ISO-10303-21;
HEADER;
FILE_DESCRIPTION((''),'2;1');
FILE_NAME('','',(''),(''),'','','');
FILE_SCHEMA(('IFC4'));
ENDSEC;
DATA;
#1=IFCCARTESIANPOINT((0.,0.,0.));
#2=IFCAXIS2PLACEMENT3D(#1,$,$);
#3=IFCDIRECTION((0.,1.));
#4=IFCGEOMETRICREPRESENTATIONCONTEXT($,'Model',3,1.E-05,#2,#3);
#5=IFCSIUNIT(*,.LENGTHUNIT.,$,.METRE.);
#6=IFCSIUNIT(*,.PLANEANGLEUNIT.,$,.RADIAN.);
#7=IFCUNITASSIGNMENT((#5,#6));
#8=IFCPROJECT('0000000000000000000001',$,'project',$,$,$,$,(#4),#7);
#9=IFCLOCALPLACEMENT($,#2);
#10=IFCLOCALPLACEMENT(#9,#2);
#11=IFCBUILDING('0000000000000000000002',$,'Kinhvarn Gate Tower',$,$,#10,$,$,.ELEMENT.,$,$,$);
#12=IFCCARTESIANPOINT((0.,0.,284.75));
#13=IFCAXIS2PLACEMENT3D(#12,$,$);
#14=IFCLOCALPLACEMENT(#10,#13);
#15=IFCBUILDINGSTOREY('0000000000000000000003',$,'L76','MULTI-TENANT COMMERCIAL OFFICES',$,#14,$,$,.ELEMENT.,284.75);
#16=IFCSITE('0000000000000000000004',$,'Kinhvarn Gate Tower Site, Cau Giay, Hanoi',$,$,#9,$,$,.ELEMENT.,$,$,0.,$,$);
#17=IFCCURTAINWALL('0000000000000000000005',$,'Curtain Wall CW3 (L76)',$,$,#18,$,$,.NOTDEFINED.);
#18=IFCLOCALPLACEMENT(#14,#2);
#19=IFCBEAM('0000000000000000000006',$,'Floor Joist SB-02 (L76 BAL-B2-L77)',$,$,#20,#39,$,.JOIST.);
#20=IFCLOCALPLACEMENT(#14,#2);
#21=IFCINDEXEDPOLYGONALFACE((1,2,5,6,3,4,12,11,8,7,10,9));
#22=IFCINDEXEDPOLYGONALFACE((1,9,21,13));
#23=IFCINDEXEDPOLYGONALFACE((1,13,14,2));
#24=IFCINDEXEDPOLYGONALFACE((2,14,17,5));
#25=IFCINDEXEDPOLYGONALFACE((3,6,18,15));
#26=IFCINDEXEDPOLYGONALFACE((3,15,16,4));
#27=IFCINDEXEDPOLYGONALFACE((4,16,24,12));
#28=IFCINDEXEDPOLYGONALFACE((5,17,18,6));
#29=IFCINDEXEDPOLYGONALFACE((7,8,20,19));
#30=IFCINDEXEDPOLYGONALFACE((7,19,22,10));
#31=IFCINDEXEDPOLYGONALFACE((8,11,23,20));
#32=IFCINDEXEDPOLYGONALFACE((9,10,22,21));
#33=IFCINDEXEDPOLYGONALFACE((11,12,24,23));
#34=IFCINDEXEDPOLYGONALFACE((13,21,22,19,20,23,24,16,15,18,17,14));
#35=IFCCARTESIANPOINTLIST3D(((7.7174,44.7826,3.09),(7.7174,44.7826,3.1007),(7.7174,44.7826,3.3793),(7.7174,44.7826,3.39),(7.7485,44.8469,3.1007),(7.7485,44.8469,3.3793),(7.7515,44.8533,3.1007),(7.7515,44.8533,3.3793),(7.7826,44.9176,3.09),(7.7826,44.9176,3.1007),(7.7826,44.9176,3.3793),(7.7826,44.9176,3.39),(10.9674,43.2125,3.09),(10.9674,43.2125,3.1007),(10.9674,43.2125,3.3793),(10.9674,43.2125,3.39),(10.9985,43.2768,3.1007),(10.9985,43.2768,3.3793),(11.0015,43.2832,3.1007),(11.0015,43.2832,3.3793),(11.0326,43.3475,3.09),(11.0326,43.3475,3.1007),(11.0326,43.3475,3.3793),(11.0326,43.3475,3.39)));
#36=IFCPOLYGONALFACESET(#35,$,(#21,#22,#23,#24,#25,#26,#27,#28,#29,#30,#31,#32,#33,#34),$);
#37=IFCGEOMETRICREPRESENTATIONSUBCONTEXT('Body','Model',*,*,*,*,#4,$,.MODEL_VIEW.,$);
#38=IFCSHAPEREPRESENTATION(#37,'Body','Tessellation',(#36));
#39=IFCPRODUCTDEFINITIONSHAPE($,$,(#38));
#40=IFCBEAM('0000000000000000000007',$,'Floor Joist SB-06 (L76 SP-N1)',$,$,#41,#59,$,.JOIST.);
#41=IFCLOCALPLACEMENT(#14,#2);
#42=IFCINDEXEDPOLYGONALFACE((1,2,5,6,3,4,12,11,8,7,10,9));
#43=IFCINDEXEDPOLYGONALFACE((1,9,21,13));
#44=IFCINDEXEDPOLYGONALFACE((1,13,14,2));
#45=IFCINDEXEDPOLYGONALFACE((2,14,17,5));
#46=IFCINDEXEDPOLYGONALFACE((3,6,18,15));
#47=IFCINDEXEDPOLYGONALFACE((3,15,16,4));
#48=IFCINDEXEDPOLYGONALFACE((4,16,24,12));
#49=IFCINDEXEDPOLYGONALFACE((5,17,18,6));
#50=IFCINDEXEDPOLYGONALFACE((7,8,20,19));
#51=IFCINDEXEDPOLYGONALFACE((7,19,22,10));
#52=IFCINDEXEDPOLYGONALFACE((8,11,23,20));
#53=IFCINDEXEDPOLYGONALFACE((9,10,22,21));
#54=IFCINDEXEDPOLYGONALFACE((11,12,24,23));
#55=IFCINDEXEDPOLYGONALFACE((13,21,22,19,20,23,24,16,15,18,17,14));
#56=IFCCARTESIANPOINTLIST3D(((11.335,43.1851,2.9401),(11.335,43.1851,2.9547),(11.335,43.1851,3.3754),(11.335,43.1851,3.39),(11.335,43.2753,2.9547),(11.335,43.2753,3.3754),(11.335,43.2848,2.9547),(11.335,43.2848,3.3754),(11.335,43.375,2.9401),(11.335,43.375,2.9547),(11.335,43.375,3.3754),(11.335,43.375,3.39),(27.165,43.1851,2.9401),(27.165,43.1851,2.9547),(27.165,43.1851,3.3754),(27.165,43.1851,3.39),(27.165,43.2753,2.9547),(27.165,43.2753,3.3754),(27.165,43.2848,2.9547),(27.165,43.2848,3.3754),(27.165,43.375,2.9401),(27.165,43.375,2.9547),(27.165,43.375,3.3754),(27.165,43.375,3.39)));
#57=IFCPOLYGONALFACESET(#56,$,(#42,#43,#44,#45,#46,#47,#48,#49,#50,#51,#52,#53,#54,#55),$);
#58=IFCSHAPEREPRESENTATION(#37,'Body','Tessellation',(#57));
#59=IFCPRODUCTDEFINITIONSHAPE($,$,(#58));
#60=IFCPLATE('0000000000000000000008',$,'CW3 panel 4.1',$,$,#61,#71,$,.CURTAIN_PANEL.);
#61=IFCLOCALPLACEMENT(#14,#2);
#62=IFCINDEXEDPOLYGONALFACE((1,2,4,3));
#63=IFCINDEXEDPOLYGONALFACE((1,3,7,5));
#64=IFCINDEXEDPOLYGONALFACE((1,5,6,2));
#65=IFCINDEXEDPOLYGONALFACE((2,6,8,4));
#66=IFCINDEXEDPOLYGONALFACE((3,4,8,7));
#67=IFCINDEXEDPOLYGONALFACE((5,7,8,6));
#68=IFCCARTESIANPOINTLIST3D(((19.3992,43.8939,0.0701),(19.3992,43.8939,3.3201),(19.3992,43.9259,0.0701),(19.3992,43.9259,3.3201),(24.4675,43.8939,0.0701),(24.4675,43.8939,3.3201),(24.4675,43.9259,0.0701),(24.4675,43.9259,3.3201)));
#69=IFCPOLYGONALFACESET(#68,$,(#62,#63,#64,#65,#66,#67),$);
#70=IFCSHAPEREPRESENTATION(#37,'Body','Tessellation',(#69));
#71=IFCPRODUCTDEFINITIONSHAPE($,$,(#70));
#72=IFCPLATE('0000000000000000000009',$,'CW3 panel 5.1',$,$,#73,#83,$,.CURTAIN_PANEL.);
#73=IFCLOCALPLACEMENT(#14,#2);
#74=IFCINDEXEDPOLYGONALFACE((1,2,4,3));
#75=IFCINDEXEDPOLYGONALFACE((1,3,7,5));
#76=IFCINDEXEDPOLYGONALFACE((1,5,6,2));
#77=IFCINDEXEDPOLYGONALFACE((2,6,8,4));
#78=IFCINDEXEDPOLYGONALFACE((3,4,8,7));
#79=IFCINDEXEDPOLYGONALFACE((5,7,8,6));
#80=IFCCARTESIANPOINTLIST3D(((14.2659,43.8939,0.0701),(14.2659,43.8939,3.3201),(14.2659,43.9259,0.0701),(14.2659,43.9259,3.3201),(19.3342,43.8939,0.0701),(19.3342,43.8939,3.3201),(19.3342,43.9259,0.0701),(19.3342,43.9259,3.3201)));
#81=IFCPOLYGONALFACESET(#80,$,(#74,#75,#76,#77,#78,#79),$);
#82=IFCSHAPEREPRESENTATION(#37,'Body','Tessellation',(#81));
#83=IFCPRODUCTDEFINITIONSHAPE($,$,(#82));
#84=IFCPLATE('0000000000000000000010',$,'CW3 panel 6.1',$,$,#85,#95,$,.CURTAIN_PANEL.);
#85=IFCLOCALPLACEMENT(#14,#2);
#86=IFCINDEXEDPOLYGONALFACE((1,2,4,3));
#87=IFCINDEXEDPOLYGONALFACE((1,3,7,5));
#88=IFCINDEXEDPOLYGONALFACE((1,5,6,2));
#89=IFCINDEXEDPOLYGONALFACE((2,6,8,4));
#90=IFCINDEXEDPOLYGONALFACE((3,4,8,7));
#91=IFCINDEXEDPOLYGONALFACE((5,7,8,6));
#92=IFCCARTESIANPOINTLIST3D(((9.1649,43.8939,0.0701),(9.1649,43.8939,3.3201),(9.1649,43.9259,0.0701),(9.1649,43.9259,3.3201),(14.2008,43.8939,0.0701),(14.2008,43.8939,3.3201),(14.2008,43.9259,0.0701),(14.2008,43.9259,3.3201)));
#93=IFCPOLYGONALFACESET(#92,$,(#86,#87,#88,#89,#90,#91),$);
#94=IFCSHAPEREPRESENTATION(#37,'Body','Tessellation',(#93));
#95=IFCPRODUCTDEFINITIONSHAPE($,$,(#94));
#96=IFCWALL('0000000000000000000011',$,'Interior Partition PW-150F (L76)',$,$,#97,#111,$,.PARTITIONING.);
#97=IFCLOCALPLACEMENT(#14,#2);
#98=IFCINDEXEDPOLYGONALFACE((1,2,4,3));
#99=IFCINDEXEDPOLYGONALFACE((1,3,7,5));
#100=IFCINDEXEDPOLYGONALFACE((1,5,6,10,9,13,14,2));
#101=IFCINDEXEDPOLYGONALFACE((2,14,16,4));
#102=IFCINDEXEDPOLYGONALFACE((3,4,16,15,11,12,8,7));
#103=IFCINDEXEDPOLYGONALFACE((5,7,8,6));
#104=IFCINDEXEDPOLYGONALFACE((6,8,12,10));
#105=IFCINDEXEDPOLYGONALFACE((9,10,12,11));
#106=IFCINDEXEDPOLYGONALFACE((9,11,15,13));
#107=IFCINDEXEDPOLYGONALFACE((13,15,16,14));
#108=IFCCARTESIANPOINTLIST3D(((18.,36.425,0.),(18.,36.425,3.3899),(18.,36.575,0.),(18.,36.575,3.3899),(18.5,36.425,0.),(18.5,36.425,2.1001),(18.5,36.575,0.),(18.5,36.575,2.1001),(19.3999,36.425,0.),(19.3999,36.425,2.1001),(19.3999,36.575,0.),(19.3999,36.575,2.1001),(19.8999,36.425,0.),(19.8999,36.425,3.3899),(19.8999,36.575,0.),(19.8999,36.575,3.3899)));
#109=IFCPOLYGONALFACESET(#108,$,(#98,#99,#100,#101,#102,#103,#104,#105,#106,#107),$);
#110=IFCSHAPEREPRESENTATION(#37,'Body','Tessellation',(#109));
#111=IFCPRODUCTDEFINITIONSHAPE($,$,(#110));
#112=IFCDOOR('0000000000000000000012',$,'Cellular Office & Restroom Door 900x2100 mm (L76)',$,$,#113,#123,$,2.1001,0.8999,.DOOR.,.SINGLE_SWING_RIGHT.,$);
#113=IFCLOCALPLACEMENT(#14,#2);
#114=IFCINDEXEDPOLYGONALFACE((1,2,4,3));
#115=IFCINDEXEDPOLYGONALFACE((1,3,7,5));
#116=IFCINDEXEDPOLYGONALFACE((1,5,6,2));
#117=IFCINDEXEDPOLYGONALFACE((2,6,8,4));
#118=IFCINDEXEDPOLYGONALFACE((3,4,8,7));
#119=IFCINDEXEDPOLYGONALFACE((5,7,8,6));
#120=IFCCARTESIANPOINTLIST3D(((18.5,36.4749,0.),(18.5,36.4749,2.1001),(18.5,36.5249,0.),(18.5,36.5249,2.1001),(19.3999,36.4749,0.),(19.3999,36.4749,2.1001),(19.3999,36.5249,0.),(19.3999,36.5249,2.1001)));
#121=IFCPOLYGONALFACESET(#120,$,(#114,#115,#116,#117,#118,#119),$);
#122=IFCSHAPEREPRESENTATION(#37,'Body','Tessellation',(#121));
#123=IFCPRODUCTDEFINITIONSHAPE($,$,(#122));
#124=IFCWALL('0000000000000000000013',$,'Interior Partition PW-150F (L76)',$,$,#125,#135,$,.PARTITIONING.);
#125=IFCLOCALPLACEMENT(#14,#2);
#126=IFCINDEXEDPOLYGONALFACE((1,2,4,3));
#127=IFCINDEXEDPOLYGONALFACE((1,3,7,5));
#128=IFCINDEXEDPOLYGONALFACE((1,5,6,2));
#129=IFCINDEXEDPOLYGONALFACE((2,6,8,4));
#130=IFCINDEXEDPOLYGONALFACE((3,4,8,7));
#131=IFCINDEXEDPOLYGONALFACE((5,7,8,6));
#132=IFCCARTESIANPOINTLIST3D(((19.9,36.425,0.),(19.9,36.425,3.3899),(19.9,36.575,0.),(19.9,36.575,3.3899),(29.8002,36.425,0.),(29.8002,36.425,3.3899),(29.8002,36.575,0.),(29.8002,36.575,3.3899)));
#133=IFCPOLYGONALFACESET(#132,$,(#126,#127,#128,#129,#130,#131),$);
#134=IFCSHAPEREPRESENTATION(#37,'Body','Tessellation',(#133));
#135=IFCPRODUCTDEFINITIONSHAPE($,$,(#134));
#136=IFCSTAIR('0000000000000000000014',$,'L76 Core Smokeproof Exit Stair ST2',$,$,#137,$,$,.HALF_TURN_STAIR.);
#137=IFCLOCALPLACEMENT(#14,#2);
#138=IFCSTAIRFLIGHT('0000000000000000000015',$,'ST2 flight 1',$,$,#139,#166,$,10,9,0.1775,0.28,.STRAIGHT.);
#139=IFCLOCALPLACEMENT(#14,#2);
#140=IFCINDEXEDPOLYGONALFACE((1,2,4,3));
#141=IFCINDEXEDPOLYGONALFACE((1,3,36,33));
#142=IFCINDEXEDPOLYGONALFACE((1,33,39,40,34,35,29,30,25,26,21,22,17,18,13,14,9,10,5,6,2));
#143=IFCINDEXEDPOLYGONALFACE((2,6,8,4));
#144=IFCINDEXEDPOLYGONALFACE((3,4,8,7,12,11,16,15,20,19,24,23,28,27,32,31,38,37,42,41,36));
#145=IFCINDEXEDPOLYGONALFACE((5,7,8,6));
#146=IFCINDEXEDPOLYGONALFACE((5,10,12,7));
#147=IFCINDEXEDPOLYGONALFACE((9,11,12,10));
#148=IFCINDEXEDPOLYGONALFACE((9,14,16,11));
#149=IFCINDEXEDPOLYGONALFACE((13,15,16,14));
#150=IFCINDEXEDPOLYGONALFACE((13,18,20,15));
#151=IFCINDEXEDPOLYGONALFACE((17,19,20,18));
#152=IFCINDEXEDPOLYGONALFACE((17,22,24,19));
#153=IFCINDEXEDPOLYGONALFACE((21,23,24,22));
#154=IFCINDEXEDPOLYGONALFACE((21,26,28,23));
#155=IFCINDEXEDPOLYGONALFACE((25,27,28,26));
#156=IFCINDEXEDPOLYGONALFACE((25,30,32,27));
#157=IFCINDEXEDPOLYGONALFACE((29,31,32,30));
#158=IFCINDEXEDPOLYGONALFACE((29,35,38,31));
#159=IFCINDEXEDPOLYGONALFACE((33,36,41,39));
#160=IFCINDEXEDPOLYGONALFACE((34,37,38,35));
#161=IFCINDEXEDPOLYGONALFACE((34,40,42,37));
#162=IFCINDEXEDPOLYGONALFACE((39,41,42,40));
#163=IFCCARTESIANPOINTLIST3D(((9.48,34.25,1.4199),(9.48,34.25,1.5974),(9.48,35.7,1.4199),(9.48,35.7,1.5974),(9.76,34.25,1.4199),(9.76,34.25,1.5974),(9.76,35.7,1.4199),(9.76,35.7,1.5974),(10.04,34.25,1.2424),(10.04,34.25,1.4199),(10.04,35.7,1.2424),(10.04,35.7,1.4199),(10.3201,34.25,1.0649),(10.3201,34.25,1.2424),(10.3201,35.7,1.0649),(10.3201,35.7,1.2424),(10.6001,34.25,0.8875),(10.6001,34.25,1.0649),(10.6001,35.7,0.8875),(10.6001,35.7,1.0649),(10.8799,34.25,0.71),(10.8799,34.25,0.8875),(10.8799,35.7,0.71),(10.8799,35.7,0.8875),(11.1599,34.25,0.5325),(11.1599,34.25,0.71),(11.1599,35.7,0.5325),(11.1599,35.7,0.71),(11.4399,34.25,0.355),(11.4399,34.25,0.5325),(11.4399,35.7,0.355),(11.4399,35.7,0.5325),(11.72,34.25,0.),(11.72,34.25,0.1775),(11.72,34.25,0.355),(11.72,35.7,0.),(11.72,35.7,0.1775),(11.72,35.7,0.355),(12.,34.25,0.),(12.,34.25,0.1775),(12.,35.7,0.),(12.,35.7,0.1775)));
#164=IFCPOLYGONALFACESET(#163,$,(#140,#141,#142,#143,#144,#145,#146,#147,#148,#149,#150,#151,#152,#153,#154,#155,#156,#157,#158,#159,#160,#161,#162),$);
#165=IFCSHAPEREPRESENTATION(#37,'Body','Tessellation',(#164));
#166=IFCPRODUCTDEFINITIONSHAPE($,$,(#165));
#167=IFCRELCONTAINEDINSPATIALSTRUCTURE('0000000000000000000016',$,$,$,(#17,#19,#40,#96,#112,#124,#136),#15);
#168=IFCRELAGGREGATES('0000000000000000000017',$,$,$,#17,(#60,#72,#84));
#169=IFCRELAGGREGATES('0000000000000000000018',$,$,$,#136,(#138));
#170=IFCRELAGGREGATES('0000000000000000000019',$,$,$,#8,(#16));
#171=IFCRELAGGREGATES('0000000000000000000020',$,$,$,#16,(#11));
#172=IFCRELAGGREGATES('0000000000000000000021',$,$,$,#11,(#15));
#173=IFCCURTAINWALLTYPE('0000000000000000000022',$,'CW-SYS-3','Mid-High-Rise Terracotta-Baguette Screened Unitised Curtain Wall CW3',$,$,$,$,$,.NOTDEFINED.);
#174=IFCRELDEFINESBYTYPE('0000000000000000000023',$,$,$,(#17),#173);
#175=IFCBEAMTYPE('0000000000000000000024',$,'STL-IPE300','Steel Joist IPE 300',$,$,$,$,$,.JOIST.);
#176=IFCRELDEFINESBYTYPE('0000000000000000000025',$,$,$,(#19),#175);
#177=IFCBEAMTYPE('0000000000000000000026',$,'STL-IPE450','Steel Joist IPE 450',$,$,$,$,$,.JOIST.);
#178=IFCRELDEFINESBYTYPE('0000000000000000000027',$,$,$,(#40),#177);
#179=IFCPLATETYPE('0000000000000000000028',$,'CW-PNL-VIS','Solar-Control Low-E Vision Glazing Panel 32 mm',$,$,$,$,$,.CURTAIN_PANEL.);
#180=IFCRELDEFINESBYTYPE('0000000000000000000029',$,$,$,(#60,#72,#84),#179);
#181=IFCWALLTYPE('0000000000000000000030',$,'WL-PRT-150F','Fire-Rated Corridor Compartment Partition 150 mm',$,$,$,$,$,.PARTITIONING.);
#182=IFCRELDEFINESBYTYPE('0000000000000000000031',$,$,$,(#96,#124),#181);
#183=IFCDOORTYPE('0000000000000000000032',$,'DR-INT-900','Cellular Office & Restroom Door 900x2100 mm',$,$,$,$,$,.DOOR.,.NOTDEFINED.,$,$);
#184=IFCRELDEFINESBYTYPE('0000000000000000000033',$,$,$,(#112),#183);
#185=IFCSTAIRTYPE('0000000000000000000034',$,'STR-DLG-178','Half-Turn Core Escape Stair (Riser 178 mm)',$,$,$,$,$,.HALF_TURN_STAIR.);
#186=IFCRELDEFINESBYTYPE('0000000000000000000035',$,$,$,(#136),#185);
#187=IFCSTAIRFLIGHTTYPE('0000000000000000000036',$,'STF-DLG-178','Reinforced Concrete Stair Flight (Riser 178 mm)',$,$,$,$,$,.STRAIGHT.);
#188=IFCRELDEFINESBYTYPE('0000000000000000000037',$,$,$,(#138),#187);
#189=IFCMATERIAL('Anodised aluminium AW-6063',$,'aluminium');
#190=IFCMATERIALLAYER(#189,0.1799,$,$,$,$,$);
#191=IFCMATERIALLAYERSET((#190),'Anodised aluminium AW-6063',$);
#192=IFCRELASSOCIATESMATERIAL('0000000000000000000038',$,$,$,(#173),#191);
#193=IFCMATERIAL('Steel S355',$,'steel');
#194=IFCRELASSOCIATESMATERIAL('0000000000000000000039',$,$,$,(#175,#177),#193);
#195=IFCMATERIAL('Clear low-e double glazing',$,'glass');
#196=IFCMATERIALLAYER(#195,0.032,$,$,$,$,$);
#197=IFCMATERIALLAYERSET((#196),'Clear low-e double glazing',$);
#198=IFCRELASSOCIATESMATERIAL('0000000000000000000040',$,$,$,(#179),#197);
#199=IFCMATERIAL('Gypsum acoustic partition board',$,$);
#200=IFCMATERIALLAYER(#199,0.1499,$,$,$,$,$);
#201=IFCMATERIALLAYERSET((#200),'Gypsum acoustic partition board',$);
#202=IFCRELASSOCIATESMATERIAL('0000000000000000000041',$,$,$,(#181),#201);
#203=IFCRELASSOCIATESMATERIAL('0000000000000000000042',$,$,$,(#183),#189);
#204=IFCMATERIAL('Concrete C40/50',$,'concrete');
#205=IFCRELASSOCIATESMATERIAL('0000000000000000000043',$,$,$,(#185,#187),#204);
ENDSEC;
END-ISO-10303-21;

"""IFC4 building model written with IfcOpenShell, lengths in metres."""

from ifc_helpers import new_model, si_unit, direction, frame, frame_2d, origin, origin_2d, place, context, subcontext, project, spatial, polyline, rectangle, i_section, outline, extrude, material, layer, layer_set, material_profile, profile_set, type_object, element, fill, aggregate, save


model = new_model("IFC4")

# Units and contexts
model_context = context("Model", 3, precision=1e-05, world=origin(), true_north=direction((0.0, 1.0)))
body_context = subcontext(model_context, "Body", "Model", "MODEL_VIEW")
ifc_project = project(units=[si_unit("LENGTHUNIT", "METRE"), si_unit("PLANEANGLEUNIT", "RADIAN")], contexts=[model_context])

# Site, building, storey
site_placement = place(None, origin())
site = spatial("IfcSite", under=ifc_project, at=site_placement, Name="Kinhvarn Gate Tower Site, Cau Giay, Hanoi", CompositionType="ELEMENT", RefElevation=0.0)
building_placement = place(site_placement, origin())
building = spatial("IfcBuilding", under=site, at=building_placement, Name="Kinhvarn Gate Tower", CompositionType="ELEMENT")
storey_placement = place(building_placement, frame((0.0, 0.0, 284.75)))
storey = spatial("IfcBuildingStorey", under=building, at=storey_placement, Name="L76", Description="MULTI-TENANT COMMERCIAL OFFICES", CompositionType="ELEMENT", Elevation=284.75)

# Curtain wall
ifc_material_1 = material(Name="Anodised aluminium AW-6063", Category="aluminium")
ifc_layer_1 = layer(ifc_material_1, 0.1799)
ifc_layer_set_1 = layer_set([ifc_layer_1], Name="Anodised aluminium AW-6063")
curtain_wall_type = type_object("IfcCurtainWallType", Name="CW-SYS-3", Description="Mid-High-Rise Terracotta-Baguette Screened Unitised Curtain Wall CW3", PredefinedType="NOTDEFINED", material=ifc_layer_set_1)
curtain_wall_placement = place(storey_placement, origin())
curtain_wall = element("IfcCurtainWall", 1, at=curtain_wall_placement, inside=storey, type_object=curtain_wall_type, Name="Curtain Wall CW3 (L76)", PredefinedType="NOTDEFINED")

# Beams
ifc_material_2 = material(Name="Steel S355", Category="steel")
ifc_material_profile_1 = material_profile(ifc_material_2, i_section(OverallWidth=0.1499, OverallDepth=0.3, WebThickness=0.0071, FlangeThickness=0.0107, at=origin_2d()), Name="IPE 300")
ifc_profile_set_1 = profile_set([ifc_material_profile_1], Name="Steel S355")
beam_type_1 = type_object("IfcBeamType", Name="STL-IPE300", Description="Steel Joist IPE 300", PredefinedType="JOIST", material=ifc_profile_set_1)
beam_1_placement = place(storey_placement, frame((11.0, 43.28, 3.24), z_axis=(-0.900432, 0.434997, 0.0), x_axis=(-0.434997, -0.900432, 0.0)))
element("IfcBeam", 2, at=beam_1_placement, inside=storey, type_object=beam_type_1, Name="Floor Joist SB-02 (L76 BAL-B2-L77)", PredefinedType="JOIST", context=body_context, shape_type="SweptSolid", body=[
    extrude(i_section(OverallWidth=0.1499, OverallDepth=0.3, WebThickness=0.0071, FlangeThickness=0.0107, at=origin_2d()), origin(), (0.0, 0.0, 1.0), 3.6094),
])
ifc_material_profile_2 = material_profile(ifc_material_2, i_section(OverallWidth=0.1899, OverallDepth=0.45, WebThickness=0.0095, FlangeThickness=0.0146, at=origin_2d()), Name="IPE 450")
ifc_profile_set_2 = profile_set([ifc_material_profile_2], Name="Steel S355")
beam_type_2 = type_object("IfcBeamType", Name="STL-IPE450", Description="Steel Joist IPE 450", PredefinedType="JOIST", material=ifc_profile_set_2)
beam_2_placement = place(storey_placement, frame((11.335, 43.28, 3.165), z_axis=(1.0, 0.0, 0.0), x_axis=(0.0, 1.0, 0.0)))
element("IfcBeam", 3, at=beam_2_placement, inside=storey, type_object=beam_type_2, Name="Floor Joist SB-06 (L76 SP-N1)", PredefinedType="JOIST", context=body_context, shape_type="SweptSolid", body=[
    extrude(i_section(OverallWidth=0.1899, OverallDepth=0.45, WebThickness=0.0095, FlangeThickness=0.0146, at=origin_2d()), origin(), (0.0, 0.0, 1.0), 15.8301),
])

# Plates
ifc_material_3 = material(Name="Clear low-e double glazing", Category="glass")
ifc_layer_2 = layer(ifc_material_3, 0.032)
ifc_layer_set_2 = layer_set([ifc_layer_2], Name="Clear low-e double glazing")
plate_type = type_object("IfcPlateType", Name="CW-PNL-VIS", Description="Solar-Control Low-E Vision Glazing Panel 32 mm", PredefinedType="CURTAIN_PANEL", material=ifc_layer_set_2)
plate_1_placement = place(storey_placement, frame((21.9333, 43.9099, 0.0701), z_axis=(0.0, 0.0, 1.0), x_axis=(-1.0, 0.0, 0.0)))
plate_1 = element("IfcPlate", 4, at=plate_1_placement, type_object=plate_type, Name="CW3 panel 4.1", PredefinedType="CURTAIN_PANEL", context=body_context, shape_type="SweptSolid", body=[
    extrude(rectangle(XDim=5.0684, YDim=0.032, at=origin_2d()), origin(), (0.0, 0.0, 1.0), 3.25),
])
plate_2_placement = place(storey_placement, frame((16.8, 43.9099, 0.0701), z_axis=(0.0, 0.0, 1.0), x_axis=(-1.0, 0.0, 0.0)))
plate_2 = element("IfcPlate", 5, at=plate_2_placement, type_object=plate_type, Name="CW3 panel 5.1", PredefinedType="CURTAIN_PANEL", context=body_context, shape_type="SweptSolid", body=[
    extrude(rectangle(XDim=5.0684, YDim=0.032, at=origin_2d()), origin(), (0.0, 0.0, 1.0), 3.25),
])
plate_3_placement = place(storey_placement, frame((11.6829, 43.9099, 0.0701), z_axis=(0.0, 0.0, 1.0), x_axis=(-1.0, 0.0, 0.0)))
plate_3 = element("IfcPlate", 6, at=plate_3_placement, type_object=plate_type, Name="CW3 panel 6.1", PredefinedType="CURTAIN_PANEL", context=body_context, shape_type="SweptSolid", body=[
    extrude(rectangle(XDim=5.0359, YDim=0.032, at=origin_2d()), origin(), (0.0, 0.0, 1.0), 3.25),
])
aggregate(curtain_wall, [plate_1, plate_2, plate_3])

# Wall, opening, door
ifc_material_4 = material(Name="Gypsum acoustic partition board")
ifc_layer_3 = layer(ifc_material_4, 0.1499)
ifc_layer_set_3 = layer_set([ifc_layer_3], Name="Gypsum acoustic partition board")
wall_type = type_object("IfcWallType", Name="WL-PRT-150F", Description="Fire-Rated Corridor Compartment Partition 150 mm", PredefinedType="PARTITIONING", material=ifc_layer_set_3)
wall_1_placement = place(storey_placement, frame((18.0, 36.5, 0.0), z_axis=(0.0, 0.0, 1.0), x_axis=(1.0, 0.0, 0.0)))
wall_1 = element("IfcWall", 7, at=wall_1_placement, inside=storey, type_object=wall_type, Name="Interior Partition PW-150F (L76)", PredefinedType="PARTITIONING", context=body_context, shape_type="SweptSolid", body=[
    extrude(rectangle(XDim=1.8999, YDim=0.1499, at=frame_2d((0.95, 0.0))), origin(), (0.0, 0.0, 1.0), 3.3899),
])
opening_placement = place(wall_1_placement, frame((0.5, 0.0, 0.0)))
opening = element("IfcOpeningElement", 8, at=opening_placement, cuts=wall_1, PredefinedType="OPENING", context=body_context, shape_type="SweptSolid", body=[
    extrude(rectangle(XDim=0.8999, YDim=2.1001, at=frame_2d((0.45, 1.05))), frame((0.0, 0.085, 0.0), z_axis=(0.0, -1.0, 0.0), x_axis=(1.0, 0.0, 0.0)), (0.0, 0.0, 1.0), 0.1699),
])
door_type = type_object("IfcDoorType", Name="DR-INT-900", Description="Cellular Office & Restroom Door 900x2100 mm", OperationType="NOTDEFINED", PredefinedType="DOOR", material=ifc_material_1)
door_placement = place(opening_placement, origin())
door = element("IfcDoor", 9, at=door_placement, inside=storey, type_object=door_type, Name="Cellular Office & Restroom Door 900x2100 mm (L76)", OperationType="SINGLE_SWING_RIGHT", OverallHeight=2.1001, OverallWidth=0.8999, PredefinedType="DOOR", context=body_context, shape_type="SweptSolid", body=[
    extrude(rectangle(XDim=0.8999, YDim=2.1001, at=frame_2d((0.45, 1.05))), frame((0.0, 0.0249, 0.0), z_axis=(0.0, -1.0, 0.0), x_axis=(1.0, 0.0, 0.0)), (0.0, 0.0, 1.0), 0.05),
])
fill(opening, door)

# Wall
wall_2_placement = place(storey_placement, frame((19.8999, 36.5, 0.0), z_axis=(0.0, 0.0, 1.0), x_axis=(1.0, 0.0, 0.0)))
element("IfcWall", 10, at=wall_2_placement, inside=storey, type_object=wall_type, Name="Interior Partition PW-150F (L76)", PredefinedType="PARTITIONING", context=body_context, shape_type="SweptSolid", body=[
    extrude(rectangle(XDim=9.9001, YDim=0.1499, at=frame_2d((4.9502, 0.0))), origin(), (0.0, 0.0, 1.0), 3.3899),
])

# Stair, stair flight
ifc_material_5 = material(Name="Concrete C40/50", Category="concrete")
stair_type = type_object("IfcStairType", Name="STR-DLG-178", Description="Half-Turn Core Escape Stair (Riser 178 mm)", PredefinedType="HALF_TURN_STAIR", material=ifc_material_5)
stair_placement = place(storey_placement, origin())
stair = element("IfcStair", 11, at=stair_placement, inside=storey, type_object=stair_type, Name="L76 Core Smokeproof Exit Stair ST2", PredefinedType="HALF_TURN_STAIR")
stair_flight_type = type_object("IfcStairFlightType", Name="STF-DLG-178", Description="Reinforced Concrete Stair Flight (Riser 178 mm)", PredefinedType="STRAIGHT", material=ifc_material_5)
stair_flight_placement = place(storey_placement, frame((12.0, 34.9751, 0.0), z_axis=(0.0, 0.0, 1.0), x_axis=(-1.0, 0.0, 0.0)))
stair_flight = element("IfcStairFlight", 12, at=stair_flight_placement, type_object=stair_flight_type, Name="ST2 flight 1", NumberOfRisers=10, NumberOfTreads=9, PredefinedType="STRAIGHT", RiserHeight=0.1775, TreadLength=0.28, context=body_context, shape_type="SweptSolid", body=[
    extrude(outline(polyline([(0.0, 0.0), (0.0, 0.1775), (0.28, 0.1775), (0.28, 0.355), (0.5601, 0.355), (0.5601, 0.5325), (0.8401, 0.5325), (0.8401, 0.71), (1.1201, 0.71), (1.1201, 0.8875), (1.3999, 0.8875), (1.3999, 1.0649), (1.6799, 1.0649), (1.6799, 1.2424), (1.96, 1.2424), (1.96, 1.4199), (2.24, 1.4199), (2.24, 1.5974), (2.52, 1.5974), (2.52, 1.7749), (2.52, 1.4199), (0.28, 0.0), (0.0, 0.0)])), frame((0.0, 0.7251, 0.0), z_axis=(0.0, -1.0, 0.0), x_axis=(1.0, 0.0, 0.0)), (0.0, 0.0, 1.0), 1.45),
])
aggregate(stair, [stair_flight])

save(model, "model.ifc")
